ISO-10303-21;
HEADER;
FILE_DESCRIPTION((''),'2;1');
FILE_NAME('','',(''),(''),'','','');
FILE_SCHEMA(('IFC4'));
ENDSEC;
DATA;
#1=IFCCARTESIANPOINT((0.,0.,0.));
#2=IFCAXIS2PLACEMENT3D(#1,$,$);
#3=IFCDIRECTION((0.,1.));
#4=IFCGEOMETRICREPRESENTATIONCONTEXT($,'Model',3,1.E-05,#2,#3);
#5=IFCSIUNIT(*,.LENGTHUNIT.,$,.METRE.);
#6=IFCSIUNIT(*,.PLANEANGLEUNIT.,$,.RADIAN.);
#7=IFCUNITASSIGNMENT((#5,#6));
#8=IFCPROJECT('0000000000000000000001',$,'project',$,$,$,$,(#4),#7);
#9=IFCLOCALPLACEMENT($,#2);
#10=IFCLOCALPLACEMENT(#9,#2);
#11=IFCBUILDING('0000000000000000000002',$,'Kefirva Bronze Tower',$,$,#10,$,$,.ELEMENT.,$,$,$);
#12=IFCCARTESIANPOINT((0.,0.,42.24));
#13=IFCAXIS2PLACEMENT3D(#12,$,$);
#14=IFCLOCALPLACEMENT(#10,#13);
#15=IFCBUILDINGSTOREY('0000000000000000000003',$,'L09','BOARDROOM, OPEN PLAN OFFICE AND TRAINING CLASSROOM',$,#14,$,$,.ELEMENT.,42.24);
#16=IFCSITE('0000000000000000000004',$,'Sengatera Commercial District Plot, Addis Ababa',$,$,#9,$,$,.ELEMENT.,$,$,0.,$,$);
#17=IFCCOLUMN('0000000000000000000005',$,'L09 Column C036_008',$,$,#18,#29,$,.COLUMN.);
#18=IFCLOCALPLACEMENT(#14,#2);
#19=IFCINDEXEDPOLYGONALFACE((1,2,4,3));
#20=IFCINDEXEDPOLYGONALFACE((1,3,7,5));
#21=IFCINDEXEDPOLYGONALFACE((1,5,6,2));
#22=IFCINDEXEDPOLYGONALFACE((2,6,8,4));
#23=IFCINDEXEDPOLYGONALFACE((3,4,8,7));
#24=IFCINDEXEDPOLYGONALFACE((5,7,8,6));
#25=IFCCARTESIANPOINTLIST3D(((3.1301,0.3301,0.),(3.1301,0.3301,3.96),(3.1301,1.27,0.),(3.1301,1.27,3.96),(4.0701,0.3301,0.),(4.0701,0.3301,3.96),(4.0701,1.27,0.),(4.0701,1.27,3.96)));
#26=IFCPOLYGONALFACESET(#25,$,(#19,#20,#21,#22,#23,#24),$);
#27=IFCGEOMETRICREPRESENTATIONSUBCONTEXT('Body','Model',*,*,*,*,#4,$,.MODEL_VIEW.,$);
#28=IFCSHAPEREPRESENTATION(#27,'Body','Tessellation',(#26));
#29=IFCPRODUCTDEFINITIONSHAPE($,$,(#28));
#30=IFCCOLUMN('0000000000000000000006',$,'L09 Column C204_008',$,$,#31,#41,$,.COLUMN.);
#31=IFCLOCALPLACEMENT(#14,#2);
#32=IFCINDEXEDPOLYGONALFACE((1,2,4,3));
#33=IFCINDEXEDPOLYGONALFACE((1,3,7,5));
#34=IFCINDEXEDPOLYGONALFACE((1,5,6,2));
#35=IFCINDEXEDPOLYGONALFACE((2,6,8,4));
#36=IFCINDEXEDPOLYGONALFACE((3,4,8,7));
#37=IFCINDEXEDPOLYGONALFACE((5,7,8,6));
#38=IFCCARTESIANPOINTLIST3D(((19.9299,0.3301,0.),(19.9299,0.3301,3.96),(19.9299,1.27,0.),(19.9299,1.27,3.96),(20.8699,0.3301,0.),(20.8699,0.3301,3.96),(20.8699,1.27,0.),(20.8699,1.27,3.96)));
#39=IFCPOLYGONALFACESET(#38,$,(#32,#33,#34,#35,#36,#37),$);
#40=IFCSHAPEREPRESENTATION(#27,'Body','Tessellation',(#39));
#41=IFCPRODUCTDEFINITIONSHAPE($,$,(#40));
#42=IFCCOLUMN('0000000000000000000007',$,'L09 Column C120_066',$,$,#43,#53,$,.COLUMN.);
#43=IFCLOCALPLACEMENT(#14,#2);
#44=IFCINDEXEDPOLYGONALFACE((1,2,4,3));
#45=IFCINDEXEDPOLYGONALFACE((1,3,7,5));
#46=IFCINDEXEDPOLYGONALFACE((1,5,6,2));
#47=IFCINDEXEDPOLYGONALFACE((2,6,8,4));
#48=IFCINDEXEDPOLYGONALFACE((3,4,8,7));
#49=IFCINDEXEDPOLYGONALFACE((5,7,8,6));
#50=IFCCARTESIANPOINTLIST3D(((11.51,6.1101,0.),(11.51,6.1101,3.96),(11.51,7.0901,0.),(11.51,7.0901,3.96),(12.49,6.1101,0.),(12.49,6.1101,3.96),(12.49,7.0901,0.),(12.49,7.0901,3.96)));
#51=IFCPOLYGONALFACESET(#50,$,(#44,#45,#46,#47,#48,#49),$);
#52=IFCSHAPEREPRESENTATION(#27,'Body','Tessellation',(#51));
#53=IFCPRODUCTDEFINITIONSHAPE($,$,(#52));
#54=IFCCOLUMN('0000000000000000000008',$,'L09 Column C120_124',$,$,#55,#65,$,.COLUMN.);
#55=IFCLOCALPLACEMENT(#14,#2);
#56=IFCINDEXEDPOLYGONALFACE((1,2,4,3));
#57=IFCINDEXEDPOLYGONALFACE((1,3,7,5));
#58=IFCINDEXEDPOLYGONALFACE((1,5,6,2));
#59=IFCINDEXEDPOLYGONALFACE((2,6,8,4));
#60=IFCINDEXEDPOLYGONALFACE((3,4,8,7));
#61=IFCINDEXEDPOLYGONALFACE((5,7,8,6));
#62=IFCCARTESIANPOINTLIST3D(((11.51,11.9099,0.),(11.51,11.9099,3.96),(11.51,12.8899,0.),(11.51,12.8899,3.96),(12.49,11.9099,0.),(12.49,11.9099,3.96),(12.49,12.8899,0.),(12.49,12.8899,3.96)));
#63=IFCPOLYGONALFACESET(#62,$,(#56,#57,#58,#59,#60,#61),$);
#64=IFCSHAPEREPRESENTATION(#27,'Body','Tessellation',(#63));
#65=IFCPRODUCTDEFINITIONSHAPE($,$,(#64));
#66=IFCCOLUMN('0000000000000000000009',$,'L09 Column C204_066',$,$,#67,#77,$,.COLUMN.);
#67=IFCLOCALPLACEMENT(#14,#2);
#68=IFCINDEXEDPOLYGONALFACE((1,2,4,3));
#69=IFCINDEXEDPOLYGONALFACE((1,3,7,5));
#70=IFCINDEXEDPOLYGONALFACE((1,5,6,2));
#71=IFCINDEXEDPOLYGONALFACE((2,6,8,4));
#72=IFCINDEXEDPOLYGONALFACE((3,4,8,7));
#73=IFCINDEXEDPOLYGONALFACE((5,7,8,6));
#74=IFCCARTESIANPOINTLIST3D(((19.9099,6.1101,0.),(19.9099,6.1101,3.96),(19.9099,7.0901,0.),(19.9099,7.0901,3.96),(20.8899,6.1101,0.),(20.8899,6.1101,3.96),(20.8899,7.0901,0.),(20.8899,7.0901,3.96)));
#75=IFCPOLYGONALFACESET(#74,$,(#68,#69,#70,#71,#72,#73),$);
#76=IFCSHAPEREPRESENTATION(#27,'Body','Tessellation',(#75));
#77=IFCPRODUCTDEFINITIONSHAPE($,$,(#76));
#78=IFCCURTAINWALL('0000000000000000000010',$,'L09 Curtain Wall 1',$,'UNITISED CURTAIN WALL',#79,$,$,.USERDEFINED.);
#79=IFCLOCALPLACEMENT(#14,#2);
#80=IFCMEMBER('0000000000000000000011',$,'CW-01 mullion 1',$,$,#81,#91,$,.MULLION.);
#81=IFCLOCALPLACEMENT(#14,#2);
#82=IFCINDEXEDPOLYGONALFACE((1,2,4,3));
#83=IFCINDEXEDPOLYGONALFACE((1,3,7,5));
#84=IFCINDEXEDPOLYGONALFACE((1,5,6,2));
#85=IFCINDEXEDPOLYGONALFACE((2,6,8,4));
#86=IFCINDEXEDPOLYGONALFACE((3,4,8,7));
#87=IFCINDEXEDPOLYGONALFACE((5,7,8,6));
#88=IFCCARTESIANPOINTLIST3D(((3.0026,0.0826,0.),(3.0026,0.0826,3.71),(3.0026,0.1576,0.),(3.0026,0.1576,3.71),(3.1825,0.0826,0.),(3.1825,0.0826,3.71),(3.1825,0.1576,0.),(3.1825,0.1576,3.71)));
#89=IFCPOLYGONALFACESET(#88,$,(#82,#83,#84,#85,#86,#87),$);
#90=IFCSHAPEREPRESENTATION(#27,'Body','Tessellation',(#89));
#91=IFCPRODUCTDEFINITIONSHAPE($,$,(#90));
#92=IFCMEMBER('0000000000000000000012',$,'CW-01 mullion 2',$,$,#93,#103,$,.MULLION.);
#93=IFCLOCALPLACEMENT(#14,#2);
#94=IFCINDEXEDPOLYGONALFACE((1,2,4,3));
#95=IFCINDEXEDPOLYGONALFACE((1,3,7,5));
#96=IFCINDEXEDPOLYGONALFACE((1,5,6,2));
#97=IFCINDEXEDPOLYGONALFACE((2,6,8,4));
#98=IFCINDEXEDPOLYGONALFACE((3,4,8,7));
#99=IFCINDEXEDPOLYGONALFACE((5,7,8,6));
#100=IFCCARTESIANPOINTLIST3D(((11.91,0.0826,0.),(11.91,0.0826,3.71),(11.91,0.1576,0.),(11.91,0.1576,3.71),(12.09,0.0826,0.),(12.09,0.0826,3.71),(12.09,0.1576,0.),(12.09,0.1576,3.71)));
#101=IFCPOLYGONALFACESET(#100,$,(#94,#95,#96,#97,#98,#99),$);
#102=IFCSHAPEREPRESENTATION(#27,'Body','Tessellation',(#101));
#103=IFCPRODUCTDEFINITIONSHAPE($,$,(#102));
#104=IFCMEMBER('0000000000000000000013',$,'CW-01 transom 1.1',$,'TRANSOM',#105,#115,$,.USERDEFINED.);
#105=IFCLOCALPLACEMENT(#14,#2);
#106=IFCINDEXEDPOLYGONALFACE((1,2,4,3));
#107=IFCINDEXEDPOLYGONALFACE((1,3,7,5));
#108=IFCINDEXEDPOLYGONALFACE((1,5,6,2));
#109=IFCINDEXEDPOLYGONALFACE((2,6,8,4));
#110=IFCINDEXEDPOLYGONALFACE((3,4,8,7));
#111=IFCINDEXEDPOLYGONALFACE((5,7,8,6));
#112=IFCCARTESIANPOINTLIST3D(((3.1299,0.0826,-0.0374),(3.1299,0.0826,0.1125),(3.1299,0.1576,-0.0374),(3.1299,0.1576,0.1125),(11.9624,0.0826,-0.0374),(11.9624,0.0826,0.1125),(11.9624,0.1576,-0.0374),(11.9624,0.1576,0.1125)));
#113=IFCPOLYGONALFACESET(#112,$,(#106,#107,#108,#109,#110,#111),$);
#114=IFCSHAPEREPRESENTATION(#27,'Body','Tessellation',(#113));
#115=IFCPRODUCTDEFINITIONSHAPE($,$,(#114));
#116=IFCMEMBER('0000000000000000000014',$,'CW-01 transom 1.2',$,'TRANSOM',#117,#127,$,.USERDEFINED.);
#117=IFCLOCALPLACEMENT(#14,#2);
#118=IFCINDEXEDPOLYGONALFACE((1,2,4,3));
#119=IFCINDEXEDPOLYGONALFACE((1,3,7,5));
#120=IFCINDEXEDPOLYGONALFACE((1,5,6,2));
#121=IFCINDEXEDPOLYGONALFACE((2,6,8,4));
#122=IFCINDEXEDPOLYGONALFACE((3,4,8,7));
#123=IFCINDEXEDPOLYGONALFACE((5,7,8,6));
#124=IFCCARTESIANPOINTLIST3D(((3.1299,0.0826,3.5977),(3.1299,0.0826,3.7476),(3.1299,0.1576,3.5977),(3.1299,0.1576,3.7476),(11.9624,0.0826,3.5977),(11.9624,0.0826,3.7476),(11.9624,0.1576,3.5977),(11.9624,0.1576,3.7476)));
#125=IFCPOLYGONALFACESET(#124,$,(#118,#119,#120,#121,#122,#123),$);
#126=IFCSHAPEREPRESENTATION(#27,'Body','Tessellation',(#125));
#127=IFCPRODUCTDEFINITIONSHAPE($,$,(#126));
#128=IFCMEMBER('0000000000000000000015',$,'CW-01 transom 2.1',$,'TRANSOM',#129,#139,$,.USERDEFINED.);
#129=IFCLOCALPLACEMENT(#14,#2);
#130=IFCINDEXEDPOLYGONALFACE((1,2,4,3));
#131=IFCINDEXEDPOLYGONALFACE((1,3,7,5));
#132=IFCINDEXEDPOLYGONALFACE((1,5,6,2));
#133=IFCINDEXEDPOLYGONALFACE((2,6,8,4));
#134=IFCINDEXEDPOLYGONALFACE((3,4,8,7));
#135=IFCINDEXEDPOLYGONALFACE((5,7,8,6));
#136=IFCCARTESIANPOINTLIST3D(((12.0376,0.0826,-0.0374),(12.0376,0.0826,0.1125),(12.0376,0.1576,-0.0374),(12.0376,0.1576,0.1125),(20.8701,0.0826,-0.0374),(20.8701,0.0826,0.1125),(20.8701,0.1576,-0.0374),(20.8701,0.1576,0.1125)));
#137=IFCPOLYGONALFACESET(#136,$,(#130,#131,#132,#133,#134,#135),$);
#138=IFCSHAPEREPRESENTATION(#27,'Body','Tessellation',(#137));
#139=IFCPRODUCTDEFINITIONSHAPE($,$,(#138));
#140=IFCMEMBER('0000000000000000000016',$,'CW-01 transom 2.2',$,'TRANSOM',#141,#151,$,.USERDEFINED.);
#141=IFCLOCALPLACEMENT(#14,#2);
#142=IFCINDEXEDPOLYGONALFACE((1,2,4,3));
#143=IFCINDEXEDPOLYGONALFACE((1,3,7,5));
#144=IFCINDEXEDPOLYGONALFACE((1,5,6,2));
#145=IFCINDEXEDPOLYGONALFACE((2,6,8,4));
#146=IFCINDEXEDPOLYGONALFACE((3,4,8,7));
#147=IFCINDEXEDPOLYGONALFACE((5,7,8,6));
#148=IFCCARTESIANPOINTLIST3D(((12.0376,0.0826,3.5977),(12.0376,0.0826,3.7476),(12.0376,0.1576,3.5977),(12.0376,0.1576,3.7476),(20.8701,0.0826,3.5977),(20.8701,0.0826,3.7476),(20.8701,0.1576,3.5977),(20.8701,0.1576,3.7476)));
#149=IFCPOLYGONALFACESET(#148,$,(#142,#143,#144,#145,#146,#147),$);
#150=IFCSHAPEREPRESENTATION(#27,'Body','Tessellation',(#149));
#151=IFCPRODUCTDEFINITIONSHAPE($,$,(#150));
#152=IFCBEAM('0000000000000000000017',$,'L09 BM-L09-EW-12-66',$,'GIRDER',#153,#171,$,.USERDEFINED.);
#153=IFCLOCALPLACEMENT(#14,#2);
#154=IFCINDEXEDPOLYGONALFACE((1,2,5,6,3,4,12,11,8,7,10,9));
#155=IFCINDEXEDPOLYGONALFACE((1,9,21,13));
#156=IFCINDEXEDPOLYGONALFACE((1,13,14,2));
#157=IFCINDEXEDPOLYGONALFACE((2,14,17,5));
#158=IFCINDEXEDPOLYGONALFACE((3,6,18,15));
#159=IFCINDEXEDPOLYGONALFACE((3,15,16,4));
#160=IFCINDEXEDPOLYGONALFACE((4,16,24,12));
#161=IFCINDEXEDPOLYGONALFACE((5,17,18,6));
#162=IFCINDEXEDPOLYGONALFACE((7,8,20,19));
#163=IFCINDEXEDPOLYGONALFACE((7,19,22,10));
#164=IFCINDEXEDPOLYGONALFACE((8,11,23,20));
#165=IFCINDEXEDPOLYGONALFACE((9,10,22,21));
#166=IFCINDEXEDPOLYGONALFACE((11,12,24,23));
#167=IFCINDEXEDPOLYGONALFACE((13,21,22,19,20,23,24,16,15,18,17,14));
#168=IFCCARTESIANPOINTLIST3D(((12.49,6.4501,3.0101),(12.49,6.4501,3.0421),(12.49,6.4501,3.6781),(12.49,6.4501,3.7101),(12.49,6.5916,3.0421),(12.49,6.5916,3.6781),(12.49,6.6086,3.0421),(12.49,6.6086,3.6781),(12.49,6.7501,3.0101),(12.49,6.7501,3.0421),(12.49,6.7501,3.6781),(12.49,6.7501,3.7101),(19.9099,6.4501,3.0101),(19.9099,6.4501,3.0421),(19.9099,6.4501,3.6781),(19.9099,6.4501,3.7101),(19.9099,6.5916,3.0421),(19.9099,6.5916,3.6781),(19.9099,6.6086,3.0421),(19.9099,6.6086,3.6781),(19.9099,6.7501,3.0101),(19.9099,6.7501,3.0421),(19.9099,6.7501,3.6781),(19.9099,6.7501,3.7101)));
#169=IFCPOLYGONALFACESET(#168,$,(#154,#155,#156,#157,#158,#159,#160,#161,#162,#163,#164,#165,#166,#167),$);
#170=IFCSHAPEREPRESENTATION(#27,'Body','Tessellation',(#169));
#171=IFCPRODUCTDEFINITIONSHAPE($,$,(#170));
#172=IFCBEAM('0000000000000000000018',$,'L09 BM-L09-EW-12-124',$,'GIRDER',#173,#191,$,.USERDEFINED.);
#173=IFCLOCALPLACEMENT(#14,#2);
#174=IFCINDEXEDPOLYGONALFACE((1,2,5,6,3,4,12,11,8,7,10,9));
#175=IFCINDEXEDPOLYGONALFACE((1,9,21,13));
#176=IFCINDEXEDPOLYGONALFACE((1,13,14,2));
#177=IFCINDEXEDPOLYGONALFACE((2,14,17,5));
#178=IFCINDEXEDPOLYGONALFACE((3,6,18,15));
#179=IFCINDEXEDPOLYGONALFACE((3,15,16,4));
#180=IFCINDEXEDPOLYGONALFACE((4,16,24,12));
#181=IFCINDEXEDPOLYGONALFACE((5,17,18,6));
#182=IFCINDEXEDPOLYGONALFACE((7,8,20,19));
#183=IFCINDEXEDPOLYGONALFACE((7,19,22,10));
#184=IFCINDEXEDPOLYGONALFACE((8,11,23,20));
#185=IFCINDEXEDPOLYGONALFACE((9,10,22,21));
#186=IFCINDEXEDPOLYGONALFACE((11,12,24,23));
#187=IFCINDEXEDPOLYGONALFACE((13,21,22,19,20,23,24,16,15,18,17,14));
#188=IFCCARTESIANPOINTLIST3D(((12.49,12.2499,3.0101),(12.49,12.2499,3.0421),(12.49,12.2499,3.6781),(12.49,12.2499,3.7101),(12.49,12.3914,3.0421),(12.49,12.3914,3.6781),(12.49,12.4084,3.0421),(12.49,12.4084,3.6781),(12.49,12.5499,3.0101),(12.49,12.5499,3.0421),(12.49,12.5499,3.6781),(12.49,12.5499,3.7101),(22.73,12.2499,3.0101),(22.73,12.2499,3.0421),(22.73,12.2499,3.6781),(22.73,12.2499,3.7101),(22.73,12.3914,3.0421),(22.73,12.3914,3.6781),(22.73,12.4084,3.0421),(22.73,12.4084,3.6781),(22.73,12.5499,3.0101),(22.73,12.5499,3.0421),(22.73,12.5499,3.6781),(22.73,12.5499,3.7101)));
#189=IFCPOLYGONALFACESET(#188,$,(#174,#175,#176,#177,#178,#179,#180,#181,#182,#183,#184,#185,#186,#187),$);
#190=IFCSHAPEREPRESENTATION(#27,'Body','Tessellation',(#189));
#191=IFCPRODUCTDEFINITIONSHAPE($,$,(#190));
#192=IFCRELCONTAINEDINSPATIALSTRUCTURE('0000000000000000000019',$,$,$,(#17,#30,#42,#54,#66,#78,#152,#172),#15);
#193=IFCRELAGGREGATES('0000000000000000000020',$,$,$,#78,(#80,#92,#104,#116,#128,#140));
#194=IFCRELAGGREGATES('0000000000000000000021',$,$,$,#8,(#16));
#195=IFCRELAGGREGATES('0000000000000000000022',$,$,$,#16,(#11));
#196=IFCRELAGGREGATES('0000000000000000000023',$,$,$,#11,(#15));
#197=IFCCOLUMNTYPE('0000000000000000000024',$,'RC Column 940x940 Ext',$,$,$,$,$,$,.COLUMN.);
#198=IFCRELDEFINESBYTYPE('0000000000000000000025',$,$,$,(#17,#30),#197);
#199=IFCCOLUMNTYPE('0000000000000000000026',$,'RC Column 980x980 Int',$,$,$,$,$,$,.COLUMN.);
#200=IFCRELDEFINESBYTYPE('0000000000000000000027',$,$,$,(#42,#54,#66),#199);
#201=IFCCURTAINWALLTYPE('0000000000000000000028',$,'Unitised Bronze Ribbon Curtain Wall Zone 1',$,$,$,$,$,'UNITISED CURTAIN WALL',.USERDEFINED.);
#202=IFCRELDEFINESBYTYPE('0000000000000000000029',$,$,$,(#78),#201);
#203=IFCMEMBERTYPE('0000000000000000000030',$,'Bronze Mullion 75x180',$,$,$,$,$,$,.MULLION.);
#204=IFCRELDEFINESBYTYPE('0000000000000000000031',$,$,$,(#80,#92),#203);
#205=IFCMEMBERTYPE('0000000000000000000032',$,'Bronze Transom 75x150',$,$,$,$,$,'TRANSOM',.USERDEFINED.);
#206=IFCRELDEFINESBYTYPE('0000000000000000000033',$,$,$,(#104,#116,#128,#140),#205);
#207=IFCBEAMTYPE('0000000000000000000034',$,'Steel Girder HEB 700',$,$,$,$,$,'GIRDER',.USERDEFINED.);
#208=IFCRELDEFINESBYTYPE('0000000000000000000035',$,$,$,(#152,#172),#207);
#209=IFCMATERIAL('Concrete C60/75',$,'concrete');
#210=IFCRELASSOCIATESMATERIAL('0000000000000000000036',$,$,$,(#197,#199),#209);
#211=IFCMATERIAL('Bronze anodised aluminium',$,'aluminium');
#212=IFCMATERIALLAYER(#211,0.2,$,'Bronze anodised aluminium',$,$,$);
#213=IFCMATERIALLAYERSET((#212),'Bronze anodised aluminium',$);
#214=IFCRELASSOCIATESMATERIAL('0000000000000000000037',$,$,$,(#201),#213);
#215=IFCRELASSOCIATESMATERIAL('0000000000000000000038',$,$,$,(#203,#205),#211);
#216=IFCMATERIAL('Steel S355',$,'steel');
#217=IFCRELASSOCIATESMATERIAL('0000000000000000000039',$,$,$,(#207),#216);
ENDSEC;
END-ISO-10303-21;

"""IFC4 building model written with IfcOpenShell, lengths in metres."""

from ifc_helpers import new_model, si_unit, direction, frame, origin, origin_2d, place, context, subcontext, project, spatial, rectangle, i_section, extrude, material, layer, layer_set, material_profile, profile_set, type_object, element, aggregate, save


model = new_model("IFC4")

# Units and contexts
model_context = context("Model", 3, precision=1e-05, world=origin(), true_north=direction((0.0, 1.0)))
body_context = subcontext(model_context, "Body", "Model", "MODEL_VIEW")
ifc_project = project(units=[si_unit("LENGTHUNIT", "METRE"), si_unit("PLANEANGLEUNIT", "RADIAN")], contexts=[model_context])

# Site, building, storey
site_placement = place(None, origin())
site = spatial("IfcSite", under=ifc_project, at=site_placement, Name="Sengatera Commercial District Plot, Addis Ababa", CompositionType="ELEMENT", RefElevation=0.0)
building_placement = place(site_placement, origin())
building = spatial("IfcBuilding", under=site, at=building_placement, Name="Kefirva Bronze Tower", CompositionType="ELEMENT")
storey_placement = place(building_placement, frame((0.0, 0.0, 42.24)))
storey = spatial("IfcBuildingStorey", under=building, at=storey_placement, Name="L09", Description="BOARDROOM, OPEN PLAN OFFICE AND TRAINING CLASSROOM", CompositionType="ELEMENT", Elevation=42.24)

# Columns
ifc_material_1 = material(Name="Concrete C60/75", Category="concrete")
ifc_material_profile_1 = material_profile(ifc_material_1, rectangle(XDim=0.9399, YDim=0.9399, at=origin_2d()), Name="RC 940x940")
ifc_profile_set_1 = profile_set([ifc_material_profile_1], Name="Concrete C60/75")
column_type_1 = type_object("IfcColumnType", Name="RC Column 940x940 Ext", PredefinedType="COLUMN", material=ifc_profile_set_1)
for number, where, z_axis, x_axis, name in (
    (1, (3.6001, 0.8, 0.0), (0.0, 0.0, 1.0), (1.0, 0.0, 0.0), "L09 Column C036_008"),
    (2, (20.3999, 0.8, 0.0), (0.0, 0.0, 1.0), (1.0, 0.0, 0.0), "L09 Column C204_008"),
):
    element("IfcColumn", number, at=place(storey_placement, frame(where, z_axis=z_axis, x_axis=x_axis)), inside=storey, type_object=column_type_1, Name=name, PredefinedType="COLUMN", context=body_context, shape_type="SweptSolid", body=[
        extrude(rectangle(XDim=0.9399, YDim=0.9399, at=origin_2d()), origin(), (0.0, 0.0, 1.0), 3.96),
    ])
ifc_material_profile_2 = material_profile(ifc_material_1, rectangle(XDim=0.98, YDim=0.98, at=origin_2d()), Name="RC 980x980")
ifc_profile_set_2 = profile_set([ifc_material_profile_2], Name="Concrete C60/75")
column_type_2 = type_object("IfcColumnType", Name="RC Column 980x980 Int", PredefinedType="COLUMN", material=ifc_profile_set_2)
for number, where, z_axis, x_axis, name in (
    (3, (12.0, 6.6001, 0.0), (0.0, 0.0, 1.0), (1.0, 0.0, 0.0), "L09 Column C120_066"),
    (4, (12.0, 12.3999, 0.0), (0.0, 0.0, 1.0), (1.0, 0.0, 0.0), "L09 Column C120_124"),
    (5, (20.3999, 6.6001, 0.0), (0.0, 0.0, 1.0), (1.0, 0.0, 0.0), "L09 Column C204_066"),
):
    element("IfcColumn", number, at=place(storey_placement, frame(where, z_axis=z_axis, x_axis=x_axis)), inside=storey, type_object=column_type_2, Name=name, PredefinedType="COLUMN", context=body_context, shape_type="SweptSolid", body=[
        extrude(rectangle(XDim=0.98, YDim=0.98, at=origin_2d()), origin(), (0.0, 0.0, 1.0), 3.96),
    ])

# Curtain wall, members
ifc_material_2 = material(Name="Bronze anodised aluminium", Category="aluminium")
ifc_layer_1 = layer(ifc_material_2, 0.2, Name="Bronze anodised aluminium")
ifc_layer_set_1 = layer_set([ifc_layer_1], Name="Bronze anodised aluminium")
curtain_wall_type = type_object("IfcCurtainWallType", Name="Unitised Bronze Ribbon Curtain Wall Zone 1", ElementType="UNITISED CURTAIN WALL", PredefinedType="USERDEFINED", material=ifc_layer_set_1)
curtain_wall_placement = place(storey_placement, origin())
curtain_wall = element("IfcCurtainWall", 6, at=curtain_wall_placement, inside=storey, type_object=curtain_wall_type, Name="L09 Curtain Wall 1", ObjectType="UNITISED CURTAIN WALL", PredefinedType="USERDEFINED")
ifc_material_profile_3 = material_profile(ifc_material_2, rectangle(XDim=0.075, YDim=0.1799, at=origin_2d()), Name="ALU 75x180")
ifc_profile_set_3 = profile_set([ifc_material_profile_3], Name="Bronze anodised aluminium")
member_type_1 = type_object("IfcMemberType", Name="Bronze Mullion 75x180", PredefinedType="MULLION", material=ifc_profile_set_3)
member_1_placement = place(storey_placement, frame((3.0925, 0.1201, 0.0), z_axis=(0.0, 0.0, 1.0), x_axis=(0.0, 1.0, 0.0)))
member_1 = element("IfcMember", 7, at=member_1_placement, type_object=member_type_1, Name="CW-01 mullion 1", PredefinedType="MULLION", context=body_context, shape_type="SweptSolid", body=[
    extrude(rectangle(XDim=0.075, YDim=0.1799, at=origin_2d()), origin(), (0.0, 0.0, 1.0), 3.71),
])
member_2_placement = place(storey_placement, frame((12.0, 0.1201, 0.0), z_axis=(0.0, 0.0, 1.0), x_axis=(0.0, 1.0, 0.0)))
member_2 = element("IfcMember", 8, at=member_2_placement, type_object=member_type_1, Name="CW-01 mullion 2", PredefinedType="MULLION", context=body_context, shape_type="SweptSolid", body=[
    extrude(rectangle(XDim=0.075, YDim=0.1799, at=origin_2d()), origin(), (0.0, 0.0, 1.0), 3.71),
])
ifc_material_profile_4 = material_profile(ifc_material_2, rectangle(XDim=0.075, YDim=0.1499, at=origin_2d()), Name="ALU 75x150")
ifc_profile_set_4 = profile_set([ifc_material_profile_4], Name="Bronze anodised aluminium")
member_type_2 = type_object("IfcMemberType", Name="Bronze Transom 75x150", ElementType="TRANSOM", PredefinedType="USERDEFINED", material=ifc_profile_set_4)
member_3_placement = place(storey_placement, frame((3.1299, 0.1201, 0.0376), z_axis=(1.0, 0.0, 0.0), x_axis=(0.0, 1.0, 0.0)))
member_3 = element("IfcMember", 9, at=member_3_placement, type_object=member_type_2, Name="CW-01 transom 1.1", ObjectType="TRANSOM", PredefinedType="USERDEFINED", context=body_context, shape_type="SweptSolid", body=[
    extrude(rectangle(XDim=0.075, YDim=0.1499, at=origin_2d()), origin(), (0.0, 0.0, 1.0), 8.8325),
])
member_4_placement = place(storey_placement, frame((3.1299, 0.1201, 3.6726), z_axis=(1.0, 0.0, 0.0), x_axis=(0.0, 1.0, 0.0)))
member_4 = element("IfcMember", 10, at=member_4_placement, type_object=member_type_2, Name="CW-01 transom 1.2", ObjectType="TRANSOM", PredefinedType="USERDEFINED", context=body_context, shape_type="SweptSolid", body=[
    extrude(rectangle(XDim=0.075, YDim=0.1499, at=origin_2d()), origin(), (0.0, 0.0, 1.0), 8.8325),
])
member_5_placement = place(storey_placement, frame((12.0376, 0.1201, 0.0376), z_axis=(1.0, 0.0, 0.0), x_axis=(0.0, 1.0, 0.0)))
member_5 = element("IfcMember", 11, at=member_5_placement, type_object=member_type_2, Name="CW-01 transom 2.1", ObjectType="TRANSOM", PredefinedType="USERDEFINED", context=body_context, shape_type="SweptSolid", body=[
    extrude(rectangle(XDim=0.075, YDim=0.1499, at=origin_2d()), origin(), (0.0, 0.0, 1.0), 8.8325),
])
member_6_placement = place(storey_placement, frame((12.0376, 0.1201, 3.6726), z_axis=(1.0, 0.0, 0.0), x_axis=(0.0, 1.0, 0.0)))
member_6 = element("IfcMember", 12, at=member_6_placement, type_object=member_type_2, Name="CW-01 transom 2.2", ObjectType="TRANSOM", PredefinedType="USERDEFINED", context=body_context, shape_type="SweptSolid", body=[
    extrude(rectangle(XDim=0.075, YDim=0.1499, at=origin_2d()), origin(), (0.0, 0.0, 1.0), 8.8325),
])

# Beams
ifc_material_3 = material(Name="Steel S355", Category="steel")
ifc_material_profile_5 = material_profile(ifc_material_3, i_section(OverallWidth=0.3, OverallDepth=0.7, WebThickness=0.0171, FlangeThickness=0.032, at=origin_2d()), Name="HEB 700")
ifc_profile_set_5 = profile_set([ifc_material_profile_5], Name="Steel S355")
beam_type_1 = type_object("IfcBeamType", Name="Steel Girder HEB 700", ElementType="GIRDER", PredefinedType="USERDEFINED", material=ifc_profile_set_5)
beam_1_placement = place(storey_placement, frame((12.49, 6.6001, 3.3601), z_axis=(1.0, 0.0, 0.0), x_axis=(0.0, 1.0, 0.0)))
element("IfcBeam", 13, at=beam_1_placement, inside=storey, type_object=beam_type_1, Name="L09 BM-L09-EW-12-66", ObjectType="GIRDER", PredefinedType="USERDEFINED", context=body_context, shape_type="SweptSolid", body=[
    extrude(i_section(OverallWidth=0.3, OverallDepth=0.7, WebThickness=0.0171, FlangeThickness=0.032, at=origin_2d()), origin(), (0.0, 0.0, 1.0), 7.4199),
])
beam_2_placement = place(storey_placement, frame((12.49, 12.3999, 3.3601), z_axis=(1.0, 0.0, 0.0), x_axis=(0.0, 1.0, 0.0)))
element("IfcBeam", 14, at=beam_2_placement, inside=storey, type_object=beam_type_1, Name="L09 BM-L09-EW-12-124", ObjectType="GIRDER", PredefinedType="USERDEFINED", context=body_context, shape_type="SweptSolid", body=[
    extrude(i_section(OverallWidth=0.3, OverallDepth=0.7, WebThickness=0.0171, FlangeThickness=0.032, at=origin_2d()), origin(), (0.0, 0.0, 1.0), 10.24),
])

aggregate(curtain_wall, [member_1, member_2, member_3, member_4, member_5, member_6])

save(model, "model.ifc")
